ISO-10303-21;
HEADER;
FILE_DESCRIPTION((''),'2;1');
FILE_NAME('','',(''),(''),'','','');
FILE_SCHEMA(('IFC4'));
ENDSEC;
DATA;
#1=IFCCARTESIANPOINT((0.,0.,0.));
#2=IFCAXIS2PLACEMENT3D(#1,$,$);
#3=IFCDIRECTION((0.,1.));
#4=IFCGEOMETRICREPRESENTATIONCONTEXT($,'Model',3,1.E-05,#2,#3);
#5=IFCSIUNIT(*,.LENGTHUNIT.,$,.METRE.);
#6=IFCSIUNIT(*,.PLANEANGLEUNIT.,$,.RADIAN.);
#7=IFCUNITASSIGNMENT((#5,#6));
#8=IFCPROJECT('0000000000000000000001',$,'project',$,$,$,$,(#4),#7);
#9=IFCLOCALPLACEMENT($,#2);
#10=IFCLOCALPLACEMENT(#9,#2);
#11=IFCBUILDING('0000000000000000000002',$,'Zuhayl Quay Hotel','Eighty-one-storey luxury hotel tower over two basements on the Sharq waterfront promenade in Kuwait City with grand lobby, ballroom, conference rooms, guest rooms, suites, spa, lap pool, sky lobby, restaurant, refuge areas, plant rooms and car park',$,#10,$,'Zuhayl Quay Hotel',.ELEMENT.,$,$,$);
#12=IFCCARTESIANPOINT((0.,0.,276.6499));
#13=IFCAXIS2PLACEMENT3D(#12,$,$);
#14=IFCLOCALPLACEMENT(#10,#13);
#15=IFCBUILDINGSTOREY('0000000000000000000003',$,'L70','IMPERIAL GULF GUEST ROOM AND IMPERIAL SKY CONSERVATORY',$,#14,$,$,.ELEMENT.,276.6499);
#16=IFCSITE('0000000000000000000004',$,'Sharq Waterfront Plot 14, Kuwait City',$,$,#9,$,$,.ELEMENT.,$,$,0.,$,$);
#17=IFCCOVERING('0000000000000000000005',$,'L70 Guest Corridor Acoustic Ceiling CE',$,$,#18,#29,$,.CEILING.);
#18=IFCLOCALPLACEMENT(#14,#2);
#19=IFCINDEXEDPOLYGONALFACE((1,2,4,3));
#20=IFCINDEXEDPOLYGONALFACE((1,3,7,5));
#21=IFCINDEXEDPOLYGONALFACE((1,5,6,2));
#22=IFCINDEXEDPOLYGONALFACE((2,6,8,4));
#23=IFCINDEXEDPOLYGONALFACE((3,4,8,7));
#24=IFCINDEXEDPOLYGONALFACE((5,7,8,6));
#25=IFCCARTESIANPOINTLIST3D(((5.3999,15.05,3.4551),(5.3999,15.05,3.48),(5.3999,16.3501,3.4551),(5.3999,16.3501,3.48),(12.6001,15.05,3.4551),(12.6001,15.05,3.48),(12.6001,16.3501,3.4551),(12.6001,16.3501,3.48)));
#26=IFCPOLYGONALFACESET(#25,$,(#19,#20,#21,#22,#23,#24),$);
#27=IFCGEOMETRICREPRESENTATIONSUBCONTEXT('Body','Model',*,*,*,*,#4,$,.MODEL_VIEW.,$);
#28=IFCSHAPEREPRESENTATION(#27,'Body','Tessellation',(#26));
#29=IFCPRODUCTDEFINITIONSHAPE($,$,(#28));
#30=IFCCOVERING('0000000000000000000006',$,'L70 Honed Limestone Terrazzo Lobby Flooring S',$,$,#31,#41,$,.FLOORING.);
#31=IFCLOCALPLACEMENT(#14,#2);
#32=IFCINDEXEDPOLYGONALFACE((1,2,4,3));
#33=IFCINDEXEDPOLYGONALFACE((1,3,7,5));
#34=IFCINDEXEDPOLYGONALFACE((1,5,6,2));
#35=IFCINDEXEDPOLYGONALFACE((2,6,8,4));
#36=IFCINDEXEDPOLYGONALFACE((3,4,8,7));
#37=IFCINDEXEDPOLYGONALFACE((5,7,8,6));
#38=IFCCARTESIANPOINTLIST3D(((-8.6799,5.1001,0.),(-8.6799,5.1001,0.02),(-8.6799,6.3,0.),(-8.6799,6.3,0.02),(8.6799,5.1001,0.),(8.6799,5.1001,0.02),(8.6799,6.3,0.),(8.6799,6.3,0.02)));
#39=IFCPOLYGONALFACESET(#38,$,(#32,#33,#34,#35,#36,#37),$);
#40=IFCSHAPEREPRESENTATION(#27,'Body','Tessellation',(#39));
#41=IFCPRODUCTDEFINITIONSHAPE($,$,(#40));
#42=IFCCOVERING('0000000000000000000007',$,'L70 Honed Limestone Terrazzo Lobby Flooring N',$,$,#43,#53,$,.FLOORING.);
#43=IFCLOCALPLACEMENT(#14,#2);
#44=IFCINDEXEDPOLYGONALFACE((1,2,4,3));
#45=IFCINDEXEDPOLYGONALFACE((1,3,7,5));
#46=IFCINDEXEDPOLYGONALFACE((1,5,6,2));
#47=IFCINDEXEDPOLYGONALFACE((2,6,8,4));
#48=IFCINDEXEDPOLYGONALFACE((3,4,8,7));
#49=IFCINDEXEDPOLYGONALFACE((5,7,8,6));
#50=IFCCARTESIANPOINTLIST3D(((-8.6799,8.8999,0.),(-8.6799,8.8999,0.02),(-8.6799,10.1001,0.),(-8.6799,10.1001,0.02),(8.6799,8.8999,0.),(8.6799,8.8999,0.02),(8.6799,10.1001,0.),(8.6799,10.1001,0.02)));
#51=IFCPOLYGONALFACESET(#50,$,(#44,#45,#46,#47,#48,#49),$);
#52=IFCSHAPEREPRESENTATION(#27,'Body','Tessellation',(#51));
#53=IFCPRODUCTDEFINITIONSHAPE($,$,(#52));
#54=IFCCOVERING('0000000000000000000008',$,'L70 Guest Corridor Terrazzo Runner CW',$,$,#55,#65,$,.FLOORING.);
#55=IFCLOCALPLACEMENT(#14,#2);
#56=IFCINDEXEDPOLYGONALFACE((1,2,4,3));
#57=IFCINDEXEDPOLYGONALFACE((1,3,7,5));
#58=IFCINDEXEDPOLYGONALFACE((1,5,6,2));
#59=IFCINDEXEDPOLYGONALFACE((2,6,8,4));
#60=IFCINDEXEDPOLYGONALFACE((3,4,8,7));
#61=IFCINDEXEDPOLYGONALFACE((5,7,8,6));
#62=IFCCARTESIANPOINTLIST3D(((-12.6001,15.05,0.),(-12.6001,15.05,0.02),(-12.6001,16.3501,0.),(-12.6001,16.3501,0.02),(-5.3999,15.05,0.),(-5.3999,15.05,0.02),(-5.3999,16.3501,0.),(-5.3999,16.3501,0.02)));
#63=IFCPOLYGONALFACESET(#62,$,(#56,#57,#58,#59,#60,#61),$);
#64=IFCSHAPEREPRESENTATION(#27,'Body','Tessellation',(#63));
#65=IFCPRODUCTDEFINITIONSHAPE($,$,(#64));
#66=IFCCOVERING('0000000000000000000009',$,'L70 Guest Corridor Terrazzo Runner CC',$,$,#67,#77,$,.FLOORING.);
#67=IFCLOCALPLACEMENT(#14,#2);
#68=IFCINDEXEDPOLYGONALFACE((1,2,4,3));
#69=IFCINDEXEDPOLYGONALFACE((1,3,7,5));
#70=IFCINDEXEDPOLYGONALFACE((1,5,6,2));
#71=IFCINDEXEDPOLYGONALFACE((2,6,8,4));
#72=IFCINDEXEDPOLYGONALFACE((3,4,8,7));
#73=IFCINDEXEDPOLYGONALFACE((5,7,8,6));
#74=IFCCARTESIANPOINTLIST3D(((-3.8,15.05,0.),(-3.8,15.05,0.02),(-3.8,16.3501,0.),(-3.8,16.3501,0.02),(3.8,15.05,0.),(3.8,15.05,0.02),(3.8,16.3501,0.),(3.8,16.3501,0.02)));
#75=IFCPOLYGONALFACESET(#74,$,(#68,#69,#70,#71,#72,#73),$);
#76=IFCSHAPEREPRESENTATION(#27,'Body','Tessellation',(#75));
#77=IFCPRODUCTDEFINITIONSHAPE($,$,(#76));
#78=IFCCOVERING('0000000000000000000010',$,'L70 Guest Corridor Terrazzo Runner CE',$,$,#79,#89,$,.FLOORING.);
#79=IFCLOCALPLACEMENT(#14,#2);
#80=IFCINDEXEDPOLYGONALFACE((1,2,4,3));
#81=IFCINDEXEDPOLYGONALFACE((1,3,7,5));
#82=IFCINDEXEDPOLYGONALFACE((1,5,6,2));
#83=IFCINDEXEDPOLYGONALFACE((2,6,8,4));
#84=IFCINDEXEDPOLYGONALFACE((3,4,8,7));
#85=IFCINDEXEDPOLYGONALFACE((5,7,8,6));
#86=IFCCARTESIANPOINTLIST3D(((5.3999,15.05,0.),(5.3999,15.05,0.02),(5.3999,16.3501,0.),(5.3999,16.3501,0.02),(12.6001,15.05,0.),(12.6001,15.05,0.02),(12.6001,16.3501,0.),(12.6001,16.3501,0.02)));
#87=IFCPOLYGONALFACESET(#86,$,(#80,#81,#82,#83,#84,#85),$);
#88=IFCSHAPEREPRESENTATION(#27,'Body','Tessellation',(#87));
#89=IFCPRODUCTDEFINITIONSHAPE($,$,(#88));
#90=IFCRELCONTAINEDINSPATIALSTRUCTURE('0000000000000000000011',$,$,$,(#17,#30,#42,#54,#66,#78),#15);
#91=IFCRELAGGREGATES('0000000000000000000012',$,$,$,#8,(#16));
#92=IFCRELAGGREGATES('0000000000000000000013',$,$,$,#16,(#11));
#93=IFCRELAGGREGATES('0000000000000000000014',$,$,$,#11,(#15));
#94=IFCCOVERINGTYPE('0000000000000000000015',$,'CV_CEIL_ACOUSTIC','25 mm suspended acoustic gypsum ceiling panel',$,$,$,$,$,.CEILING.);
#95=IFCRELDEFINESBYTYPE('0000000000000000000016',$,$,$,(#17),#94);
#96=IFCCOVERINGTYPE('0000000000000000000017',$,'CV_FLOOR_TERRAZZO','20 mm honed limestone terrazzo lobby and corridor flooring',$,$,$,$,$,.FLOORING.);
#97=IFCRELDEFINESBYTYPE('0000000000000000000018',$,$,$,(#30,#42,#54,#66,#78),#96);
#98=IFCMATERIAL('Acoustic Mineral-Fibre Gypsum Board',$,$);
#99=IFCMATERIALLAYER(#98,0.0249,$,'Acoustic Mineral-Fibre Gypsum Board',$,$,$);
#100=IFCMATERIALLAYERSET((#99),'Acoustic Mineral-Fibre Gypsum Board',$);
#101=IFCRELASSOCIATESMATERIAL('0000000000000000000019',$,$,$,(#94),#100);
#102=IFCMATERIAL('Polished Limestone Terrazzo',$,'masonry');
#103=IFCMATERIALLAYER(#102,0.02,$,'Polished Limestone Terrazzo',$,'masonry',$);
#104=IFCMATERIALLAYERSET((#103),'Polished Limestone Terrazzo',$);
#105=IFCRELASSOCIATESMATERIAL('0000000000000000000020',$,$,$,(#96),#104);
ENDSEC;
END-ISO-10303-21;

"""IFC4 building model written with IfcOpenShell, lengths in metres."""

from ifc_helpers import new_model, si_unit, direction, frame, origin, place, context, subcontext, project, spatial, polyline, outline, extrude, material, layer, layer_set, type_object, element, save


model = new_model("IFC4")

# Units and contexts
model_context = context("Model", 3, precision=1e-05, world=origin(), true_north=direction((0.0, 1.0)))
body_context = subcontext(model_context, "Body", "Model", "MODEL_VIEW")
ifc_project = project(units=[si_unit("LENGTHUNIT", "METRE"), si_unit("PLANEANGLEUNIT", "RADIAN")], contexts=[model_context])

# Site, building, storey
site_placement = place(None, origin())
site = spatial("IfcSite", under=ifc_project, at=site_placement, Name="Sharq Waterfront Plot 14, Kuwait City", CompositionType="ELEMENT", RefElevation=0.0)
building_placement = place(site_placement, origin())
building = spatial("IfcBuilding", under=site, at=building_placement, Name="Zuhayl Quay Hotel", Description="Eighty-one-storey luxury hotel tower over two basements on the Sharq waterfront promenade in Kuwait City with grand lobby, ballroom, conference rooms, guest rooms, suites, spa, lap pool, sky lobby, restaurant, refuge areas, plant rooms and car park", LongName="Zuhayl Quay Hotel", CompositionType="ELEMENT")
storey_placement = place(building_placement, frame((0.0, 0.0, 276.6499)))
storey = spatial("IfcBuildingStorey", under=building, at=storey_placement, Name="L70", Description="IMPERIAL GULF GUEST ROOM AND IMPERIAL SKY CONSERVATORY", CompositionType="ELEMENT", Elevation=276.6499)

# Coverings
ifc_material_1 = material(Name="Acoustic Mineral-Fibre Gypsum Board")
ifc_layer_1 = layer(ifc_material_1, 0.0249, Name="Acoustic Mineral-Fibre Gypsum Board")
ifc_layer_set_1 = layer_set([ifc_layer_1], Name="Acoustic Mineral-Fibre Gypsum Board")
covering_type_1 = type_object("IfcCoveringType", Name="CV_CEIL_ACOUSTIC", Description="25 mm suspended acoustic gypsum ceiling panel", PredefinedType="CEILING", material=ifc_layer_set_1)
covering_1_placement = place(storey_placement, frame((0.0, 0.0, 3.4551)))
element("IfcCovering", 1, at=covering_1_placement, inside=storey, type_object=covering_type_1, Name="L70 Guest Corridor Acoustic Ceiling CE", PredefinedType="CEILING", context=body_context, shape_type="SweptSolid", body=[
    extrude(outline(polyline([(5.3999, 15.05), (12.6001, 15.05), (12.6001, 16.3501), (5.3999, 16.3501), (5.3999, 15.05)])), origin(), (0.0, 0.0, 1.0), 0.0249),
])
ifc_material_2 = material(Name="Polished Limestone Terrazzo", Category="masonry")
ifc_layer_2 = layer(ifc_material_2, 0.02, Name="Polished Limestone Terrazzo", Category="masonry")
ifc_layer_set_2 = layer_set([ifc_layer_2], Name="Polished Limestone Terrazzo")
covering_type_2 = type_object("IfcCoveringType", Name="CV_FLOOR_TERRAZZO", Description="20 mm honed limestone terrazzo lobby and corridor flooring", PredefinedType="FLOORING", material=ifc_layer_set_2)
covering_2_placement = place(storey_placement, origin())
element("IfcCovering", 2, at=covering_2_placement, inside=storey, type_object=covering_type_2, Name="L70 Honed Limestone Terrazzo Lobby Flooring S", PredefinedType="FLOORING", context=body_context, shape_type="SweptSolid", body=[
    extrude(outline(polyline([(-8.6799, 5.1001), (8.6799, 5.1001), (8.6799, 6.3), (-8.6799, 6.3), (-8.6799, 5.1001)])), origin(), (0.0, 0.0, 1.0), 0.02),
])
covering_3_placement = place(storey_placement, origin())
element("IfcCovering", 3, at=covering_3_placement, inside=storey, type_object=covering_type_2, Name="L70 Honed Limestone Terrazzo Lobby Flooring N", PredefinedType="FLOORING", context=body_context, shape_type="SweptSolid", body=[
    extrude(outline(polyline([(-8.6799, 8.8999), (8.6799, 8.8999), (8.6799, 10.1001), (-8.6799, 10.1001), (-8.6799, 8.8999)])), origin(), (0.0, 0.0, 1.0), 0.02),
])
covering_4_placement = place(storey_placement, origin())
element("IfcCovering", 4, at=covering_4_placement, inside=storey, type_object=covering_type_2, Name="L70 Guest Corridor Terrazzo Runner CW", PredefinedType="FLOORING", context=body_context, shape_type="SweptSolid", body=[
    extrude(outline(polyline([(-12.6001, 15.05), (-5.3999, 15.05), (-5.3999, 16.3501), (-12.6001, 16.3501), (-12.6001, 15.05)])), origin(), (0.0, 0.0, 1.0), 0.02),
])
covering_5_placement = place(storey_placement, origin())
element("IfcCovering", 5, at=covering_5_placement, inside=storey, type_object=covering_type_2, Name="L70 Guest Corridor Terrazzo Runner CC", PredefinedType="FLOORING", context=body_context, shape_type="SweptSolid", body=[
    extrude(outline(polyline([(-3.8, 15.05), (3.8, 15.05), (3.8, 16.3501), (-3.8, 16.3501), (-3.8, 15.05)])), origin(), (0.0, 0.0, 1.0), 0.02),
])
covering_6_placement = place(storey_placement, origin())
element("IfcCovering", 6, at=covering_6_placement, inside=storey, type_object=covering_type_2, Name="L70 Guest Corridor Terrazzo Runner CE", PredefinedType="FLOORING", context=body_context, shape_type="SweptSolid", body=[
    extrude(outline(polyline([(5.3999, 15.05), (12.6001, 15.05), (12.6001, 16.3501), (5.3999, 16.3501), (5.3999, 15.05)])), origin(), (0.0, 0.0, 1.0), 0.02),
])

save(model, "model.ifc")
